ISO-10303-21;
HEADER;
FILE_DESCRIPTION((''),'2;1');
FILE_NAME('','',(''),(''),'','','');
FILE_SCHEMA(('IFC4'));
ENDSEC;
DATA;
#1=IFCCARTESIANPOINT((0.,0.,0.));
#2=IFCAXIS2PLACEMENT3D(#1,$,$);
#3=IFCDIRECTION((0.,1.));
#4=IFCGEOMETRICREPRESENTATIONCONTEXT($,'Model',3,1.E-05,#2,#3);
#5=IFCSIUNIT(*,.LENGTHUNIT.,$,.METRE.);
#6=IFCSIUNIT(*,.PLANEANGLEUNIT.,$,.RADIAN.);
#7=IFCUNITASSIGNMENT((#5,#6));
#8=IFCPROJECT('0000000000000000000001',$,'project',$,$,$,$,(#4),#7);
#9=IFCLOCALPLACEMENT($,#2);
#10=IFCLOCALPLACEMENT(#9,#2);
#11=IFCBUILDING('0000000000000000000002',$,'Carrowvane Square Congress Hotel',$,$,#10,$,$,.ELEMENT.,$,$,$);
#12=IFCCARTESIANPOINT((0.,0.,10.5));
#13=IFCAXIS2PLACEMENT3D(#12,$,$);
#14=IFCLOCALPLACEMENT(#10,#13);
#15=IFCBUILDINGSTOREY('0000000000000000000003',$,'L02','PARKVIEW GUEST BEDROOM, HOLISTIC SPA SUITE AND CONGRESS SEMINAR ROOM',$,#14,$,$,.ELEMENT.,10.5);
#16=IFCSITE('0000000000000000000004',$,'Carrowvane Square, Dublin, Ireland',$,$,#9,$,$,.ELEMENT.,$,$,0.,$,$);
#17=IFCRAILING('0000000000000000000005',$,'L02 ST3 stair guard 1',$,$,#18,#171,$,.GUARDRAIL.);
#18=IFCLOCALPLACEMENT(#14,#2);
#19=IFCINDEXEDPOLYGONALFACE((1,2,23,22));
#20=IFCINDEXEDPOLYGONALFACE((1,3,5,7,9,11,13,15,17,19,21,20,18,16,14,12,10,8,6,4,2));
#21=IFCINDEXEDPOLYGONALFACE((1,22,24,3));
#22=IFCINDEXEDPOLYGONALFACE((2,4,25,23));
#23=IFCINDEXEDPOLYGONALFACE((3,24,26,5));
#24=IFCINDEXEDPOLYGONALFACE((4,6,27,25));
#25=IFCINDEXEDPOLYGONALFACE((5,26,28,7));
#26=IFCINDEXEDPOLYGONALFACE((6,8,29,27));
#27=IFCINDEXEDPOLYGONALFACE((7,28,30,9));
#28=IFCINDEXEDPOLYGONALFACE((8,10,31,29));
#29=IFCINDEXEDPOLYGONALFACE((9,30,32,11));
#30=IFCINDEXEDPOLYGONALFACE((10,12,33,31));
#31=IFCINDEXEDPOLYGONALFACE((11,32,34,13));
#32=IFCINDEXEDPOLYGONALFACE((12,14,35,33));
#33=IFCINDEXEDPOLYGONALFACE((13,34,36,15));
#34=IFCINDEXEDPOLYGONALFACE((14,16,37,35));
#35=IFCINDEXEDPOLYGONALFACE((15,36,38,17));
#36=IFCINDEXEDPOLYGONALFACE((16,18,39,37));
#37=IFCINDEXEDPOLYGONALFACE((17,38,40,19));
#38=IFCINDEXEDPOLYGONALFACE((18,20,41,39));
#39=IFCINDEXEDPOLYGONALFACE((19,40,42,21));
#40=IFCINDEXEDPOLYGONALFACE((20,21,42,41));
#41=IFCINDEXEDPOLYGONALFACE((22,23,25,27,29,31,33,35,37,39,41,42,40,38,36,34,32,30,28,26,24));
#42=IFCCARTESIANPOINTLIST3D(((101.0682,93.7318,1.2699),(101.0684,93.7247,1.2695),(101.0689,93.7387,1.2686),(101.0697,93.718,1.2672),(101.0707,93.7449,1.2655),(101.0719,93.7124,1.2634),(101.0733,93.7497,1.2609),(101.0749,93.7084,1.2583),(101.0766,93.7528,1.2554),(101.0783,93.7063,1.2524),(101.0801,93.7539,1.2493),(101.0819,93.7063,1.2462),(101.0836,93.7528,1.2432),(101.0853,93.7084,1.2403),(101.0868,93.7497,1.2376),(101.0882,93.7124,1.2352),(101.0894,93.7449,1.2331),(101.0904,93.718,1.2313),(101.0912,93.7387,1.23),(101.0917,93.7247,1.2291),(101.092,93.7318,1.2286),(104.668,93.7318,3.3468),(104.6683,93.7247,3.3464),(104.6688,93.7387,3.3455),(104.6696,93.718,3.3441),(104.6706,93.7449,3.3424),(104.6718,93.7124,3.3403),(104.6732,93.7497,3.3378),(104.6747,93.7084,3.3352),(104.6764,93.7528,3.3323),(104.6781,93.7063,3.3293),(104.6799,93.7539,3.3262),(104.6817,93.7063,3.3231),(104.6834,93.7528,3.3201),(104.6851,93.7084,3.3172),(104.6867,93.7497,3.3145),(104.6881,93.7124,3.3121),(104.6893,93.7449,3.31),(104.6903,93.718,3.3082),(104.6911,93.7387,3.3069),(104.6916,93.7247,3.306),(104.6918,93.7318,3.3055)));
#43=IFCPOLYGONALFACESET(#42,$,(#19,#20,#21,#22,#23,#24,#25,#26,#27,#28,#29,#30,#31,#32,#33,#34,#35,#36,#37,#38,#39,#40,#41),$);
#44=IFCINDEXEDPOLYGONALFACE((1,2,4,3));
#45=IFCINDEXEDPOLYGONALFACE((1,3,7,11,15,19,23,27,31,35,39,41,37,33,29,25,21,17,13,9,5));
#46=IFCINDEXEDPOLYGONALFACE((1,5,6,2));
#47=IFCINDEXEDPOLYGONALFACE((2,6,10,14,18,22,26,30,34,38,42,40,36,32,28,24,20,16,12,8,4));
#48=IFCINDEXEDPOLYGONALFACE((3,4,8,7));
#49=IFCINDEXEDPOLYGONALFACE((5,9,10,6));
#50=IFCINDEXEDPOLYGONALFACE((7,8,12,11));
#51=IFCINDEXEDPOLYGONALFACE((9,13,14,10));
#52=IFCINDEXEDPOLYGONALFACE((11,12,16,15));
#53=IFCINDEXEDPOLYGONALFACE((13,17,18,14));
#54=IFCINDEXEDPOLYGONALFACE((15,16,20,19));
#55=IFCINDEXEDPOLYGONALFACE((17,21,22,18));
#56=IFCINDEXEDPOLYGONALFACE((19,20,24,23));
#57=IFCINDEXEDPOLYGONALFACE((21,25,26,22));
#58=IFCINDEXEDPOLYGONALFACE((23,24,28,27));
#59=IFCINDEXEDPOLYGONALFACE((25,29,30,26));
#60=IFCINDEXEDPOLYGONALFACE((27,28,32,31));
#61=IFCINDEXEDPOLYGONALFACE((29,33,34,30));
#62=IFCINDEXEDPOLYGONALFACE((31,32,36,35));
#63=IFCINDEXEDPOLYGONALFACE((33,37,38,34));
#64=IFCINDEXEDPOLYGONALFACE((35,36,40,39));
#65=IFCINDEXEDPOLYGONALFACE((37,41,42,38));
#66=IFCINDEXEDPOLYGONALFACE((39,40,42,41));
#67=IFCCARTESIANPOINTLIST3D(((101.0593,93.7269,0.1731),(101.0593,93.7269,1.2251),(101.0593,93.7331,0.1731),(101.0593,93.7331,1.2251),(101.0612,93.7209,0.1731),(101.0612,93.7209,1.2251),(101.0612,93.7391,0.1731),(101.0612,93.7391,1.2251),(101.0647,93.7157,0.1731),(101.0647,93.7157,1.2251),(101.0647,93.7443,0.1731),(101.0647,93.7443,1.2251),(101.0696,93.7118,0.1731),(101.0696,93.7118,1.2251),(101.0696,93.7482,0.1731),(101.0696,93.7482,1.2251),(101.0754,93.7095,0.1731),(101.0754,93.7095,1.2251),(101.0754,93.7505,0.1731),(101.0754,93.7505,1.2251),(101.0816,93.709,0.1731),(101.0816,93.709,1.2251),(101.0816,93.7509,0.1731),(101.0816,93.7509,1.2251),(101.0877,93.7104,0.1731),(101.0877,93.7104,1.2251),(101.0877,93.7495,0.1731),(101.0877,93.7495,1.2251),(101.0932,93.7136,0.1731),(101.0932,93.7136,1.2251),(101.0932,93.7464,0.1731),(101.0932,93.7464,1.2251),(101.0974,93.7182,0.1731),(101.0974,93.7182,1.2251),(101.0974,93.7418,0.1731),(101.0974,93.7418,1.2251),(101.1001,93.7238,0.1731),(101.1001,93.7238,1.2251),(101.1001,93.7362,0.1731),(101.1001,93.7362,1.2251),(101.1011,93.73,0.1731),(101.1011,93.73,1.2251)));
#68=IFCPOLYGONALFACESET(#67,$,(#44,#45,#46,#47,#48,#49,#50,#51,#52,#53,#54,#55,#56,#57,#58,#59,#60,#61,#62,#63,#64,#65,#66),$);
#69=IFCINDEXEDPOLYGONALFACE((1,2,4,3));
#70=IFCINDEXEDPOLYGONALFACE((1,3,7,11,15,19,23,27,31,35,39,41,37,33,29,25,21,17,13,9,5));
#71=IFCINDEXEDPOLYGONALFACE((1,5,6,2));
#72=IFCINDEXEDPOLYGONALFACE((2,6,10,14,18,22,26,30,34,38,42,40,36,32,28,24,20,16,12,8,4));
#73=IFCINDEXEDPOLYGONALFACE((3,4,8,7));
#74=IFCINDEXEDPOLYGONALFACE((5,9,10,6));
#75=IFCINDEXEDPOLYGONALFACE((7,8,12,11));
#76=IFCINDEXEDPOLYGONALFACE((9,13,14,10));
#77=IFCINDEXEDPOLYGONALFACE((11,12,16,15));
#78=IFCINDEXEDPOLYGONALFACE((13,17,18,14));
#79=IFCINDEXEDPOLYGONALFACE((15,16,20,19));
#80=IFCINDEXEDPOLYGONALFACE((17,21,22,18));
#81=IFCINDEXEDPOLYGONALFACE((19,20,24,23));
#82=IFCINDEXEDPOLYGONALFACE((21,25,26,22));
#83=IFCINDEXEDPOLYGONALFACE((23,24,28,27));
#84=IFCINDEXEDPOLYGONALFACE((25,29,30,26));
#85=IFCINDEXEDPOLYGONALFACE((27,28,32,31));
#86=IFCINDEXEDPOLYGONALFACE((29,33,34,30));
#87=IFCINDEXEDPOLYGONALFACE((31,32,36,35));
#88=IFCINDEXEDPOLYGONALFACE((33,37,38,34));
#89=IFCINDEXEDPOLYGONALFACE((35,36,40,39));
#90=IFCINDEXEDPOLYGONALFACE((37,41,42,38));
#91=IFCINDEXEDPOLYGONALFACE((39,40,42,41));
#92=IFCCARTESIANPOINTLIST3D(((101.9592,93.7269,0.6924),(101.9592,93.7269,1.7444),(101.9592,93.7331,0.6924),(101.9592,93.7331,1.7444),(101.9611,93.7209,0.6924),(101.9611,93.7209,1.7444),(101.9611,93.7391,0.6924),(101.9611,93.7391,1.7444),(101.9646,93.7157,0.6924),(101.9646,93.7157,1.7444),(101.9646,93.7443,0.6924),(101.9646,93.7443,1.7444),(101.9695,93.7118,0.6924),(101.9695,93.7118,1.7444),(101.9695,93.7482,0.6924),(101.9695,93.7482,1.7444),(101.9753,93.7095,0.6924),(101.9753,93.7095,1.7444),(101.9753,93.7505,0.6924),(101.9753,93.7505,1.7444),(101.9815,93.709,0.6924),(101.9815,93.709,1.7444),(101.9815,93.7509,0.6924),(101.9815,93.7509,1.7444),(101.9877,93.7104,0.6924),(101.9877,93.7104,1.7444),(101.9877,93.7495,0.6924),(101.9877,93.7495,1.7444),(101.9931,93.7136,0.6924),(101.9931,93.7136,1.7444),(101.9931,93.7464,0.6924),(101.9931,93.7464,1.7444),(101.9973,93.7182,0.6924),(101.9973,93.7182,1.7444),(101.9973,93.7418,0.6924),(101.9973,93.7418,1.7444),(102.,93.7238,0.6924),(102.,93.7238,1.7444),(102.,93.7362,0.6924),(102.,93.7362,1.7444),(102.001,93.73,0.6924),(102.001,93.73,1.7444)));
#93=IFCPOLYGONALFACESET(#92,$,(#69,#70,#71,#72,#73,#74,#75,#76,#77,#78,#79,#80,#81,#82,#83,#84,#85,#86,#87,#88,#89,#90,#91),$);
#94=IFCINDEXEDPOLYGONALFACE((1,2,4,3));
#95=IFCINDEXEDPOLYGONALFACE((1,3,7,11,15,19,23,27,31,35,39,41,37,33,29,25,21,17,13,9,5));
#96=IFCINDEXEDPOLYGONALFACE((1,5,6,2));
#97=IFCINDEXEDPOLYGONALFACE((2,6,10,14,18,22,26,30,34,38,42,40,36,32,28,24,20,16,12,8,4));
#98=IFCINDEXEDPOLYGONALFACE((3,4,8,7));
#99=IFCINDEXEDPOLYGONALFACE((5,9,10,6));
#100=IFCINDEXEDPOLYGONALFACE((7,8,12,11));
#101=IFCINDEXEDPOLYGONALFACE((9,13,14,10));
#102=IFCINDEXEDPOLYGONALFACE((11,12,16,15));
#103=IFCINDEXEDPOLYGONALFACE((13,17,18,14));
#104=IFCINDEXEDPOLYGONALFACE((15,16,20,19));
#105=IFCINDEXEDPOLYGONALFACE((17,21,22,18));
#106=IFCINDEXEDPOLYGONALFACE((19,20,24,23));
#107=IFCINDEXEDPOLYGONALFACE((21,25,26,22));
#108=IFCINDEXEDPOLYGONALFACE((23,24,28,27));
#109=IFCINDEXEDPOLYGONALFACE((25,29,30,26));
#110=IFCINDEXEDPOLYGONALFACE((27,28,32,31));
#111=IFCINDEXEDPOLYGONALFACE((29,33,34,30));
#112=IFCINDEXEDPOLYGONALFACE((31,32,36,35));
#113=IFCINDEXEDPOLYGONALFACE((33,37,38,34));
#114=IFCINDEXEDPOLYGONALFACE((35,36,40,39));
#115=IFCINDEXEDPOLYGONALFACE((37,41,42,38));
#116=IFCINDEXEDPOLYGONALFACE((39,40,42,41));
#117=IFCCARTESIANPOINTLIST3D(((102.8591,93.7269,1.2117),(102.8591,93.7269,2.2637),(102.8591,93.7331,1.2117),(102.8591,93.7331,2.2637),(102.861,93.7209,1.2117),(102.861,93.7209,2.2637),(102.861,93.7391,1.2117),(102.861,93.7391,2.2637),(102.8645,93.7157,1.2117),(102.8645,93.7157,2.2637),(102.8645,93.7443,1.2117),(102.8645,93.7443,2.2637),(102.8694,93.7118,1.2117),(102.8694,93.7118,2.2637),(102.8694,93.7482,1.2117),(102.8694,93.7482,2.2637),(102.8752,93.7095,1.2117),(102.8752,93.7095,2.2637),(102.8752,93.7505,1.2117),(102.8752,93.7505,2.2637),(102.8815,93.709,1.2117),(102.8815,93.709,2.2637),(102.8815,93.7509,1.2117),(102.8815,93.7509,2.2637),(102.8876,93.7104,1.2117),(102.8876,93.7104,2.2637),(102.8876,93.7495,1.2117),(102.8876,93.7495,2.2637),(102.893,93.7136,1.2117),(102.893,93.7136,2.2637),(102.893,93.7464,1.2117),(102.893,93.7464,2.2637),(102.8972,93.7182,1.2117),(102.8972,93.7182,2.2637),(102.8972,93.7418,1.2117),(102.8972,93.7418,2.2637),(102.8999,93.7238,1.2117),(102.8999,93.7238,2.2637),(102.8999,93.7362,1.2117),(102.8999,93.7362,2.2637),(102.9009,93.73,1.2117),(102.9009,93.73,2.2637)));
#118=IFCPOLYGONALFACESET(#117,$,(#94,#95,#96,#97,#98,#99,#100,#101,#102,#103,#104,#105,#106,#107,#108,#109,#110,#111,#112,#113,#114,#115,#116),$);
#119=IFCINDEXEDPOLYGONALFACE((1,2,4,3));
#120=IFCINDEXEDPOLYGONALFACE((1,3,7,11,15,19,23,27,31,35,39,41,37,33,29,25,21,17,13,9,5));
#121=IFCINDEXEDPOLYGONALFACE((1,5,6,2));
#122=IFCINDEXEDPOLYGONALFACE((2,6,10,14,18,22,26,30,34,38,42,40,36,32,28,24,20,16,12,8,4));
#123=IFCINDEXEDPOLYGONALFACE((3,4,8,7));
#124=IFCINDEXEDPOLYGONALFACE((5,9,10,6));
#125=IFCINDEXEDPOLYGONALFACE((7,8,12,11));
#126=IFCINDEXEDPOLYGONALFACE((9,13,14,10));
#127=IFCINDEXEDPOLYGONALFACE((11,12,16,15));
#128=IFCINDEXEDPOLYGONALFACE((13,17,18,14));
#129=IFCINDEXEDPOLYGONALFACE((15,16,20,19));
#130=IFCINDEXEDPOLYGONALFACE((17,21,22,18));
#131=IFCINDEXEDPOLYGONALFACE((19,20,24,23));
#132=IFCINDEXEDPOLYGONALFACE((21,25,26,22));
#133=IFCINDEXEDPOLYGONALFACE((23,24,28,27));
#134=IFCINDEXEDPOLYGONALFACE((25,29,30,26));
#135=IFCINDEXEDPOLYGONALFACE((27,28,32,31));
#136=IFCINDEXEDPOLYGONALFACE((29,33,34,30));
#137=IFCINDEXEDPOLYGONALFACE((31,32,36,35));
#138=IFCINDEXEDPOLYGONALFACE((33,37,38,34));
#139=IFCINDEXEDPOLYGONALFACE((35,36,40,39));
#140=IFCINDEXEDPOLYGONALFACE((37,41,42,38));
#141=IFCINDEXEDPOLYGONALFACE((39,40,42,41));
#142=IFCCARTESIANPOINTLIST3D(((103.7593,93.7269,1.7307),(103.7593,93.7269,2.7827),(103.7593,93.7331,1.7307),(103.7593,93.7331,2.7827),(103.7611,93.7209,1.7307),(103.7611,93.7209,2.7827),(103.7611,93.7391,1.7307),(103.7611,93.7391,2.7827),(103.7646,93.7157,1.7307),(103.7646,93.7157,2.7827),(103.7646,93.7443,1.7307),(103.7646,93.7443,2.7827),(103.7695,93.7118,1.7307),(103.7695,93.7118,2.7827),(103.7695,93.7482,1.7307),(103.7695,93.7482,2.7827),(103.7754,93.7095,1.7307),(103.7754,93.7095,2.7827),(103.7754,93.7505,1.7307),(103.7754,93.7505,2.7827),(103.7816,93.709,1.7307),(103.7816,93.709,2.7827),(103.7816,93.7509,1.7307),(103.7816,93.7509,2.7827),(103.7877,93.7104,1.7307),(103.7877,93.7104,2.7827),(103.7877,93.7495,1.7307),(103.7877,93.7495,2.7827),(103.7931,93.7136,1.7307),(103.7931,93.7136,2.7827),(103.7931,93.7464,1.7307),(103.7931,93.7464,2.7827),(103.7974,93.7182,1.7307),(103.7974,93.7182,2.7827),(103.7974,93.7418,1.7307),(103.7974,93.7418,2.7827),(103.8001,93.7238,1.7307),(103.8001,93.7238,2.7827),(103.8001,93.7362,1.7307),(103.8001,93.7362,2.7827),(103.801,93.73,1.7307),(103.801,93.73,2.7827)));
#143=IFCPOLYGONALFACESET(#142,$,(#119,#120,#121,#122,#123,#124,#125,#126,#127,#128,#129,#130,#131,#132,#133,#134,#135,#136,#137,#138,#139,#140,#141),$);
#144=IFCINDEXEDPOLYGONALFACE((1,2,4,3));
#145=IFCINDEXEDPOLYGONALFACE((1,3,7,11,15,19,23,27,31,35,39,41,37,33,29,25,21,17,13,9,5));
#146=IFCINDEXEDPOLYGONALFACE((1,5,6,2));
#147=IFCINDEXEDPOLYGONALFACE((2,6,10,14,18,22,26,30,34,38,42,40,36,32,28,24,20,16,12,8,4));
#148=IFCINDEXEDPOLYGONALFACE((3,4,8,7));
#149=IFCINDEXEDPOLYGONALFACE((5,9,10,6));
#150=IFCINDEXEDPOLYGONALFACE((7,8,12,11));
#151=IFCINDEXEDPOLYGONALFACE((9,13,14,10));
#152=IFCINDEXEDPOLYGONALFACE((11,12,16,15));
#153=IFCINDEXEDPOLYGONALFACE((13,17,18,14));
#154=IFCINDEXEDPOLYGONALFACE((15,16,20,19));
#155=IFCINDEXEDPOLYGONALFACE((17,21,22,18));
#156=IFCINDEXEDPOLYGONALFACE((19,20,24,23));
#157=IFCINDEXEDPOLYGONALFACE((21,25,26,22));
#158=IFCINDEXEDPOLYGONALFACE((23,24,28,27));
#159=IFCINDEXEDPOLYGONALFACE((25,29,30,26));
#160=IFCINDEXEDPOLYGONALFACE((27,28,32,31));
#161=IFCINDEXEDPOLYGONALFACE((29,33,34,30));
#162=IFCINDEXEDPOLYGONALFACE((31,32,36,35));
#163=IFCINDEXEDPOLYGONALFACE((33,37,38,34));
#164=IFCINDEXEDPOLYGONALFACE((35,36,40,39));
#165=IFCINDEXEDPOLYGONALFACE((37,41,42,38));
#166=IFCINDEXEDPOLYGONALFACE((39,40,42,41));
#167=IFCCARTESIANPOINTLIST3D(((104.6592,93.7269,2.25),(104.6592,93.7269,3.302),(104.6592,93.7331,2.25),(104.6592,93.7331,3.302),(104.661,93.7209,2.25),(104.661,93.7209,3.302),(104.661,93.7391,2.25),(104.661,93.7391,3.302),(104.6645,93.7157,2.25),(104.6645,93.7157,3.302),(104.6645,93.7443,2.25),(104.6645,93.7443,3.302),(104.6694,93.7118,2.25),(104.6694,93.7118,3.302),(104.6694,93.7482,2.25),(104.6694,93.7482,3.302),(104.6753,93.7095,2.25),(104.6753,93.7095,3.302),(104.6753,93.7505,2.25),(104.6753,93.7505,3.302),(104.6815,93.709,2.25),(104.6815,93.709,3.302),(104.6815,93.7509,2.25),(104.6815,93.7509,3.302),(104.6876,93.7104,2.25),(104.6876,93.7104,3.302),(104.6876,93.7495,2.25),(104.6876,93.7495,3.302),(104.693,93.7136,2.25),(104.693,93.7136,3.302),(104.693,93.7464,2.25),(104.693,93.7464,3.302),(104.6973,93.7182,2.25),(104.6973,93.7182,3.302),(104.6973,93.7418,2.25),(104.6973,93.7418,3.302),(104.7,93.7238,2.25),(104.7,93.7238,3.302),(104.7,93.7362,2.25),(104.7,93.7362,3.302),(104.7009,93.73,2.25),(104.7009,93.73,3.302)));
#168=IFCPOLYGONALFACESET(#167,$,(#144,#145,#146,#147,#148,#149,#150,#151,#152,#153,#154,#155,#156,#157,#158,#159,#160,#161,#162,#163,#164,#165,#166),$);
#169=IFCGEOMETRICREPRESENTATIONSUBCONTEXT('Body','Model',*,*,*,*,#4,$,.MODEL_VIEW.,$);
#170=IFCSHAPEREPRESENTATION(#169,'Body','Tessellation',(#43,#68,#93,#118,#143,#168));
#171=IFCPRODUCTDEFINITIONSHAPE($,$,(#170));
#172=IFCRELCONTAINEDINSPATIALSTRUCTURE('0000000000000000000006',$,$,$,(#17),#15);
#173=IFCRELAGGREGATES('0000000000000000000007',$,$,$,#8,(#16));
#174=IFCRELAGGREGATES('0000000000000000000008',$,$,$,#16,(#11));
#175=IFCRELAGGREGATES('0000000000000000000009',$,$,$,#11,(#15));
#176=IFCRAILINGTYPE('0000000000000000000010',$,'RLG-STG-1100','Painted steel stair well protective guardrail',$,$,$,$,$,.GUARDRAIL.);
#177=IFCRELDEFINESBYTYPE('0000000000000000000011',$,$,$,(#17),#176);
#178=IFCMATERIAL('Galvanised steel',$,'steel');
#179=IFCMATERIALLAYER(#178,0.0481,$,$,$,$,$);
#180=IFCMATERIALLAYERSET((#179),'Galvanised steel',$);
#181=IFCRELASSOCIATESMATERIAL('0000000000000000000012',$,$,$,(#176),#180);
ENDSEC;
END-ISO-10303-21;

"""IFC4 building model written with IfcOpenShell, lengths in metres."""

from ifc_helpers import new_model, si_unit, direction, frame, origin, origin_2d, place, context, subcontext, project, spatial, circle, extrude, material, layer, layer_set, type_object, element, save


model = new_model("IFC4")

# Units and contexts
model_context = context("Model", 3, precision=1e-05, world=origin(), true_north=direction((0.0, 1.0)))
body_context = subcontext(model_context, "Body", "Model", "MODEL_VIEW")
ifc_project = project(units=[si_unit("LENGTHUNIT", "METRE"), si_unit("PLANEANGLEUNIT", "RADIAN")], contexts=[model_context])

# Site, building, storey
site_placement = place(None, origin())
site = spatial("IfcSite", under=ifc_project, at=site_placement, Name="Carrowvane Square, Dublin, Ireland", CompositionType="ELEMENT", RefElevation=0.0)
building_placement = place(site_placement, origin())
building = spatial("IfcBuilding", under=site, at=building_placement, Name="Carrowvane Square Congress Hotel", CompositionType="ELEMENT")
storey_placement = place(building_placement, frame((0.0, 0.0, 10.5)))
storey = spatial("IfcBuildingStorey", under=building, at=storey_placement, Name="L02", Description="PARKVIEW GUEST BEDROOM, HOLISTIC SPA SUITE AND CONGRESS SEMINAR ROOM", CompositionType="ELEMENT", Elevation=10.5)

# Railing
ifc_material_1 = material(Name="Galvanised steel", Category="steel")
ifc_layer_1 = layer(ifc_material_1, 0.0481)
ifc_layer_set_1 = layer_set([ifc_layer_1], Name="Galvanised steel")
railing_type_1 = type_object("IfcRailingType", Name="RLG-STG-1100", Description="Painted steel stair well protective guardrail", PredefinedType="GUARDRAIL", material=ifc_layer_set_1)
railing_1_placement = place(storey_placement, frame((101.0801, 93.73, 0.1731)))
element("IfcRailing", 1, at=railing_1_placement, inside=storey, type_object=railing_type_1, Name="L02 ST3 stair guard 1", PredefinedType="GUARDRAIL", context=body_context, shape_type="SweptSolid", body=[
    extrude(circle(Radius=0.0239, at=origin_2d()), frame((0.0, 0.0, 1.0762), z_axis=(0.866179, 0.0, 0.499734), x_axis=(0.0, 1.0, 0.0)), (0.0, 0.0, 1.0), 4.156),
    extrude(circle(Radius=0.021, at=origin_2d()), origin(), (0.0, 0.0, 1.0), 1.052),
    extrude(circle(Radius=0.021, at=origin_2d()), frame((0.8999, 0.0, 0.5193)), (0.0, 0.0, 1.0), 1.052),
    extrude(circle(Radius=0.021, at=origin_2d()), frame((1.7998, 0.0, 1.0386)), (0.0, 0.0, 1.0), 1.052),
    extrude(circle(Radius=0.021, at=origin_2d()), frame((2.7, 0.0, 1.5576)), (0.0, 0.0, 1.0), 1.052),
    extrude(circle(Radius=0.021, at=origin_2d()), frame((3.5999, 0.0, 2.0769)), (0.0, 0.0, 1.0), 1.052),
])

save(model, "model.ifc")
